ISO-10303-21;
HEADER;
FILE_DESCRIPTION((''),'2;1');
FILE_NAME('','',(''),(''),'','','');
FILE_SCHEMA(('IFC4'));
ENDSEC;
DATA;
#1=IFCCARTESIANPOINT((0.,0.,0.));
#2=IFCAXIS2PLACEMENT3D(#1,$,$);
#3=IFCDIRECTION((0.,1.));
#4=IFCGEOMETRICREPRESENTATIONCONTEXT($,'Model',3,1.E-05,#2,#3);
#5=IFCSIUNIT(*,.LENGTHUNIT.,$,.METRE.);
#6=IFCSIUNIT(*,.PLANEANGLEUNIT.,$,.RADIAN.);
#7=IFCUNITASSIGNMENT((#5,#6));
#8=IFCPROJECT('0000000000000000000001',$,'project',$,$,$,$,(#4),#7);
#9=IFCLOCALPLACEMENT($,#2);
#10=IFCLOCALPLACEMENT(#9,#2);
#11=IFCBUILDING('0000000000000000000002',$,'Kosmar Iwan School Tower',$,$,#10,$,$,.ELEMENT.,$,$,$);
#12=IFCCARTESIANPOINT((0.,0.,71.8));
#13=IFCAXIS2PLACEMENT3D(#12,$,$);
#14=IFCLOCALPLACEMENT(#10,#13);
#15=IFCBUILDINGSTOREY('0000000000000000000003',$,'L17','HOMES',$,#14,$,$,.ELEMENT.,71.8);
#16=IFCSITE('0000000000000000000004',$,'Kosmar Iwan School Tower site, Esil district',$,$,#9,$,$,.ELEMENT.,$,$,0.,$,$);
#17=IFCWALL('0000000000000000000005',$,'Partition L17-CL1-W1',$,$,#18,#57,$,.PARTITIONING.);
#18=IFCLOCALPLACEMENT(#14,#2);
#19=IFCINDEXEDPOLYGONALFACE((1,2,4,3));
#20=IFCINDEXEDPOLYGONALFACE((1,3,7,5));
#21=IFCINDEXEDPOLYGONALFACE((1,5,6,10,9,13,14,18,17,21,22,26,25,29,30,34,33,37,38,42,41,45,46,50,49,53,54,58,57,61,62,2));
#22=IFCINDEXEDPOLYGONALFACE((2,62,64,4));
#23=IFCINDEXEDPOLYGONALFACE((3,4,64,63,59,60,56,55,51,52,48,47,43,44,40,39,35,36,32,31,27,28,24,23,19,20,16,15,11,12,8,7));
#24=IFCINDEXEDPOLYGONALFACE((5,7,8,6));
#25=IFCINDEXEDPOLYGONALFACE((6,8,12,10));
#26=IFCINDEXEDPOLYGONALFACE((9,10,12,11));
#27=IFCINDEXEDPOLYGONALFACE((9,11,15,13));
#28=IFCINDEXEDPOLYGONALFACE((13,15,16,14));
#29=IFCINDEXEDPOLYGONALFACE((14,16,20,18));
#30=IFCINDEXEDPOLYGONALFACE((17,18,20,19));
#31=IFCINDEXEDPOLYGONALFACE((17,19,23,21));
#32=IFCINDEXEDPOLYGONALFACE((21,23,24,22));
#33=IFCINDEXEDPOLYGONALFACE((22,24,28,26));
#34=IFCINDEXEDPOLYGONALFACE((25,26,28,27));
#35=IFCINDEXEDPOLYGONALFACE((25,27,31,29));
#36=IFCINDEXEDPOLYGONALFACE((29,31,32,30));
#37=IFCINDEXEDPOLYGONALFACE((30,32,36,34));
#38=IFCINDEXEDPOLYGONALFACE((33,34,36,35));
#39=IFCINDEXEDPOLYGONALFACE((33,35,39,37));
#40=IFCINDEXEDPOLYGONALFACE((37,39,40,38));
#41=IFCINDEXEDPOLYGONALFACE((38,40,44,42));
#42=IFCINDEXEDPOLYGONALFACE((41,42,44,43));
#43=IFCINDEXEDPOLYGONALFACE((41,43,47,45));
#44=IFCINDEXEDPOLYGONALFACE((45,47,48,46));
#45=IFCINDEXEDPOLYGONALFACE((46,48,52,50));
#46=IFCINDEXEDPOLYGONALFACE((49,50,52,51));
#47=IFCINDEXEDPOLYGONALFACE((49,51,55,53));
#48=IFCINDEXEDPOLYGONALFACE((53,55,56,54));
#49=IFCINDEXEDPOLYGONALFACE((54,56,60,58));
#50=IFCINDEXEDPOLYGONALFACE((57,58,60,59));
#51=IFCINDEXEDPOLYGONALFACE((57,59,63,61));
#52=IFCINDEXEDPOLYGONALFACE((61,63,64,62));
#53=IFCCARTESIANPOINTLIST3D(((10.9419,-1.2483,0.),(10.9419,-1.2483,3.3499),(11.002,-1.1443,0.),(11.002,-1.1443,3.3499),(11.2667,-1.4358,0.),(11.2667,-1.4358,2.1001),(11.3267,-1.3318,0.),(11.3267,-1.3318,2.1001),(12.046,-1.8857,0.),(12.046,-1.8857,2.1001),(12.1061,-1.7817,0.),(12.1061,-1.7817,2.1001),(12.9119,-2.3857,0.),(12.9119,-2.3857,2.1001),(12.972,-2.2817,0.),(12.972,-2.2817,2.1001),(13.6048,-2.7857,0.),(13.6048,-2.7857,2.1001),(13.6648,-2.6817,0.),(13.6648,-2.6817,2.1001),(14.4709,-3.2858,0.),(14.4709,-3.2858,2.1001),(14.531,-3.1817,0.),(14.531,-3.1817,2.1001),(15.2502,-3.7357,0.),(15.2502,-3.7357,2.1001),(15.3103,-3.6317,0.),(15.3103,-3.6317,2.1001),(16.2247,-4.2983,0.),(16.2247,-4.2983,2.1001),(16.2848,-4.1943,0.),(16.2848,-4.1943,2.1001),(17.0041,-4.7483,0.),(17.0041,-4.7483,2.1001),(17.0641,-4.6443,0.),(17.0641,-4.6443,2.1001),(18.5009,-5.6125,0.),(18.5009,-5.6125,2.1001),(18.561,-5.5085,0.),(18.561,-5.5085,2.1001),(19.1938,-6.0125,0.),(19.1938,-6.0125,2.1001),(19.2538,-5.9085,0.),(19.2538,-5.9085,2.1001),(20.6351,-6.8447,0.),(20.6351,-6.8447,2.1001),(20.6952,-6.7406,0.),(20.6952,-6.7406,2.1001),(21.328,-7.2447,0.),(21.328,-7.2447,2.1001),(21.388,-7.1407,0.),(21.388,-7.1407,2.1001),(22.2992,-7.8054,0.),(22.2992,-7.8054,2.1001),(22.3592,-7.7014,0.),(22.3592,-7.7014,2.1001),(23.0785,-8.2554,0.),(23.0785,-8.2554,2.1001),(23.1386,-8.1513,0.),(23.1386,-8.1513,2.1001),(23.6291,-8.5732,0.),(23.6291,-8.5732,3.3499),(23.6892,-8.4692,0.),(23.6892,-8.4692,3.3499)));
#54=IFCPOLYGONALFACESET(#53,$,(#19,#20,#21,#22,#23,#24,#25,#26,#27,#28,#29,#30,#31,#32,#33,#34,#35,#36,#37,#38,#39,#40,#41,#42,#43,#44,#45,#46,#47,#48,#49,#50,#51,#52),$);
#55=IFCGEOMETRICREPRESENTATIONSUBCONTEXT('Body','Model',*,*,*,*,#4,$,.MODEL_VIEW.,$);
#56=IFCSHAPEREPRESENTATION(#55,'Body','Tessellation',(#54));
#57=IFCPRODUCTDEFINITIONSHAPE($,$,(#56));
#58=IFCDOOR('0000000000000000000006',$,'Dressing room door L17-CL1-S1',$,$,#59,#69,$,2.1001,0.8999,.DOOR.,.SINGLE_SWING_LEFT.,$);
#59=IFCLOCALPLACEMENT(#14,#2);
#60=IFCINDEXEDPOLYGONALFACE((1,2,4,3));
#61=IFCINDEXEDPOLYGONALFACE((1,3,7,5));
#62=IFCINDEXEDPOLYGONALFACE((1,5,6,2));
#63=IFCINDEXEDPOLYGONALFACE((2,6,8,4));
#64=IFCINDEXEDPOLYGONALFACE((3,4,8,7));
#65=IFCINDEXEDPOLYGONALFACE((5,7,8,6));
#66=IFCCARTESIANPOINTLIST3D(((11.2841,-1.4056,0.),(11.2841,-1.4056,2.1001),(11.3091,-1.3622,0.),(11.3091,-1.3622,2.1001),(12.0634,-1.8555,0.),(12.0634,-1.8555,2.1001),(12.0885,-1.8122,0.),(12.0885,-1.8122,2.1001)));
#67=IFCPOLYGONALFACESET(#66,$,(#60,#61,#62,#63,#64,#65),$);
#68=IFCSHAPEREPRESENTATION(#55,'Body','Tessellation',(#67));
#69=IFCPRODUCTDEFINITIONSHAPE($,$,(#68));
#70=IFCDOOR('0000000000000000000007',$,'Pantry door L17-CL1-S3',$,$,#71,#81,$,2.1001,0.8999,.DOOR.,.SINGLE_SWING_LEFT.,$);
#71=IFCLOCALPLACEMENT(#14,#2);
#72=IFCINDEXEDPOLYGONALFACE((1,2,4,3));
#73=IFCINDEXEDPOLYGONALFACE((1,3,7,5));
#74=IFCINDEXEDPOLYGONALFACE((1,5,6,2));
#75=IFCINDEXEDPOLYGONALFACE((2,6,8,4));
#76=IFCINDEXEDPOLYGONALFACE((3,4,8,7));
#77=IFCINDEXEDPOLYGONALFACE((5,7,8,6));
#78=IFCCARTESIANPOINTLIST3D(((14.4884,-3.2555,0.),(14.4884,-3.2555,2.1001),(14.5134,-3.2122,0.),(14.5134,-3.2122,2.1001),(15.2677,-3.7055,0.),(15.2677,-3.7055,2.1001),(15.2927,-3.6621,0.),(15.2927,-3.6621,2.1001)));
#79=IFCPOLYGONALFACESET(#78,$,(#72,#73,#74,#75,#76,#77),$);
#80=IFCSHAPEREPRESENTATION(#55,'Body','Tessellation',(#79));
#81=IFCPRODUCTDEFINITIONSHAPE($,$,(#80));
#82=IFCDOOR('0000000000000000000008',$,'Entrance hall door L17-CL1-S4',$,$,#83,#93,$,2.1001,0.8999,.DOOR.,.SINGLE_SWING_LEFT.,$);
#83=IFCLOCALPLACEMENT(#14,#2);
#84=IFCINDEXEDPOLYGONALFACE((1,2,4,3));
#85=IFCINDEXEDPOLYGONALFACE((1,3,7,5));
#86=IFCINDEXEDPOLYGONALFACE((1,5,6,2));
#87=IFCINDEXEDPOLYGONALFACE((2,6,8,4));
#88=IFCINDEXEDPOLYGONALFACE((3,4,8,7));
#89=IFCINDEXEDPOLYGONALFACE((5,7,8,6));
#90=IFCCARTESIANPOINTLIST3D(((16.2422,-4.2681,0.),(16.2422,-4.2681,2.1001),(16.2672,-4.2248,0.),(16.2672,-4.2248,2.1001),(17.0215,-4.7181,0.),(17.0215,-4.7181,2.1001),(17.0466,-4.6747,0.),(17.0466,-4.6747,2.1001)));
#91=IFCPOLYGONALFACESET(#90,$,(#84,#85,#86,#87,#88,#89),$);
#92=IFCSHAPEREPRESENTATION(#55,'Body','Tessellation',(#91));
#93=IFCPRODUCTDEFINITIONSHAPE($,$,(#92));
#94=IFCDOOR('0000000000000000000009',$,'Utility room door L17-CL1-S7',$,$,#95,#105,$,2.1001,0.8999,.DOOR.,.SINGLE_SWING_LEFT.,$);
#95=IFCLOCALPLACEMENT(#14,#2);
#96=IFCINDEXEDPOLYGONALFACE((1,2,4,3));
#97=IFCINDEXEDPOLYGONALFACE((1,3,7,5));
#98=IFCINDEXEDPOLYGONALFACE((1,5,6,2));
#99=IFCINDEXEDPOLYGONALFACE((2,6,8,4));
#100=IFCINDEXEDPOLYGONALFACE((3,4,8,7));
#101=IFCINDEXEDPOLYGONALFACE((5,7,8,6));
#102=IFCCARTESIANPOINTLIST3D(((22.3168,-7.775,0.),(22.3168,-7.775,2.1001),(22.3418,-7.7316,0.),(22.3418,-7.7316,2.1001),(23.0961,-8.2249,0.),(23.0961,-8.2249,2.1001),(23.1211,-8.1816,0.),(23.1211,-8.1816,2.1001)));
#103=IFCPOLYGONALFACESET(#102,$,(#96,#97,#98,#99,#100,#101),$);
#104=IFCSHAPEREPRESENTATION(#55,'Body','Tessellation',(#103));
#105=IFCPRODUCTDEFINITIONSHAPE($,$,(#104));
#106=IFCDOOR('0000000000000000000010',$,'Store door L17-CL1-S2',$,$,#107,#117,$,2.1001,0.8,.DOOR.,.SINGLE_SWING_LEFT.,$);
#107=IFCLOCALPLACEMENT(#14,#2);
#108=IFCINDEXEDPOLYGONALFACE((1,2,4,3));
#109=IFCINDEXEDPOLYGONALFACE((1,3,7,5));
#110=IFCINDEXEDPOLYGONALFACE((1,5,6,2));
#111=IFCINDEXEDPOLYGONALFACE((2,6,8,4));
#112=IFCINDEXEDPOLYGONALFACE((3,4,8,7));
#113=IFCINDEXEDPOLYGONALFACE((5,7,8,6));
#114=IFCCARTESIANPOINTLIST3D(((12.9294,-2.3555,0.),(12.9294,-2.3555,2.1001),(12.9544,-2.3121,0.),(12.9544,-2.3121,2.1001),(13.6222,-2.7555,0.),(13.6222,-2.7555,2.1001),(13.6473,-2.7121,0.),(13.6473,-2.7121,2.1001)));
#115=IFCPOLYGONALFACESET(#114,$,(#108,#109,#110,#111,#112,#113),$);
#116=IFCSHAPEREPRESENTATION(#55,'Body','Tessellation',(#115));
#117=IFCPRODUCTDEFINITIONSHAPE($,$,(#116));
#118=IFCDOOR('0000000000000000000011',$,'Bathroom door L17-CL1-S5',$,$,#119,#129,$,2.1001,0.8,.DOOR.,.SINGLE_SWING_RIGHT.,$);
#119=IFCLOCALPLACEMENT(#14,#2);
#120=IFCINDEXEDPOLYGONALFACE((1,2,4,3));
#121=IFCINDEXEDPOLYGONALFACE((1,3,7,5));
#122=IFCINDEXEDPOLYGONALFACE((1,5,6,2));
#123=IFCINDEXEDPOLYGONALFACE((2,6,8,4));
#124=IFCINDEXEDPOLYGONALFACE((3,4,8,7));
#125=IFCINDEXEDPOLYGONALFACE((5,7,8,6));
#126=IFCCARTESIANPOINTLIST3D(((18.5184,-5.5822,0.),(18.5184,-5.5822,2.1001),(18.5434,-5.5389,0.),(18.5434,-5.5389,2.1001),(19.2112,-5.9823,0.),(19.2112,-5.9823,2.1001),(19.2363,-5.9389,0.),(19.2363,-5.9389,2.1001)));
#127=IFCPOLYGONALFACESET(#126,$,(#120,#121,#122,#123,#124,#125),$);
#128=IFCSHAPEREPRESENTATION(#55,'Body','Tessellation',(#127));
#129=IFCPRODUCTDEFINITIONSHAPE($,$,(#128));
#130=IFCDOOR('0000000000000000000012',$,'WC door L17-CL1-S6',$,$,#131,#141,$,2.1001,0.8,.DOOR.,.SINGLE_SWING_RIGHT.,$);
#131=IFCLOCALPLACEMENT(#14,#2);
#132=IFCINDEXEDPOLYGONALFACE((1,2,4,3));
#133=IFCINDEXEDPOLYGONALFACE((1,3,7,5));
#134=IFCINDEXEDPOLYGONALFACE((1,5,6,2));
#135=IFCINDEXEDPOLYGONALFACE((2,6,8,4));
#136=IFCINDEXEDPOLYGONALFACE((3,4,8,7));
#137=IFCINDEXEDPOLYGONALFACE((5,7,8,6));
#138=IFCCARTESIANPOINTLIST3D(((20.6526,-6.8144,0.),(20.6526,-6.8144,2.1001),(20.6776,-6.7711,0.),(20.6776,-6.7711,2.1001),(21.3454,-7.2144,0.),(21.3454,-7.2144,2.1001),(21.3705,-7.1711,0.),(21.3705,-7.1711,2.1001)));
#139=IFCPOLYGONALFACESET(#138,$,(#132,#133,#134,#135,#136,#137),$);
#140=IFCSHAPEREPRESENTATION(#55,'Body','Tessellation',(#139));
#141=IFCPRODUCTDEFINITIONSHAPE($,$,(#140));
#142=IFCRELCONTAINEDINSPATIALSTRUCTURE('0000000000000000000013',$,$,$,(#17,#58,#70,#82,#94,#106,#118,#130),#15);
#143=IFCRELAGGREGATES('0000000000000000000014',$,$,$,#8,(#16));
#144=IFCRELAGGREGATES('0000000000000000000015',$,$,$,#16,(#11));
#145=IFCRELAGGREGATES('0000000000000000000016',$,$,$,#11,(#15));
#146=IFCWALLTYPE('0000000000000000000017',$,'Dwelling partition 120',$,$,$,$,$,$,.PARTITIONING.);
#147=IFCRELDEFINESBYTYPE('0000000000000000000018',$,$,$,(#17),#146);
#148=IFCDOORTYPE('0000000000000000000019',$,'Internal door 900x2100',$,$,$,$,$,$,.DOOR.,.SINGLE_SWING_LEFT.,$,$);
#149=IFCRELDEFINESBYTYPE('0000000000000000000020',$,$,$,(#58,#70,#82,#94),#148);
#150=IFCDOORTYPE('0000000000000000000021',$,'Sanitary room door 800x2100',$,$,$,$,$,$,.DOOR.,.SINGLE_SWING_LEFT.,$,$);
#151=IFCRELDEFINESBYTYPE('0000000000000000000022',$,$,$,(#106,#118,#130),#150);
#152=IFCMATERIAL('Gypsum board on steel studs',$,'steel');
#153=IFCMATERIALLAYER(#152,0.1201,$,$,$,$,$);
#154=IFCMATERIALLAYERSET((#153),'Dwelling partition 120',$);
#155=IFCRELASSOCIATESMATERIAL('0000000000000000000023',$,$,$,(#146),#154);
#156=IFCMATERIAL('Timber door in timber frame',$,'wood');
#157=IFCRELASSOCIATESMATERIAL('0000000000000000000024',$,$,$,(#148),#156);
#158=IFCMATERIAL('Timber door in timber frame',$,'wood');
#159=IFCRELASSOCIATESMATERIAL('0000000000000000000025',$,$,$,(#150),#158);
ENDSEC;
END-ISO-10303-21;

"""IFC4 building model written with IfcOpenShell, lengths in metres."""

from ifc_helpers import new_model, si_unit, direction, frame, frame_2d, origin, place, context, subcontext, project, spatial, rectangle, extrude, material, layer, layer_set, type_object, element, fill, save


model = new_model("IFC4")

# Units and contexts
model_context = context("Model", 3, precision=1e-05, world=origin(), true_north=direction((0.0, 1.0)))
body_context = subcontext(model_context, "Body", "Model", "MODEL_VIEW")
ifc_project = project(units=[si_unit("LENGTHUNIT", "METRE"), si_unit("PLANEANGLEUNIT", "RADIAN")], contexts=[model_context])

# Site, building, storey
site_placement = place(None, origin())
site = spatial("IfcSite", under=ifc_project, at=site_placement, Name="Kosmar Iwan School Tower site, Esil district", CompositionType="ELEMENT", RefElevation=0.0)
building_placement = place(site_placement, origin())
building = spatial("IfcBuilding", under=site, at=building_placement, Name="Kosmar Iwan School Tower", CompositionType="ELEMENT")
storey_placement = place(building_placement, frame((0.0, 0.0, 71.8)))
storey = spatial("IfcBuildingStorey", under=building, at=storey_placement, Name="L17", Description="HOMES", CompositionType="ELEMENT", Elevation=71.8)

# Wall, openings, doors
ifc_material_1 = material(Name="Gypsum board on steel studs", Category="steel")
ifc_layer_1 = layer(ifc_material_1, 0.1201)
ifc_layer_set_1 = layer_set([ifc_layer_1], Name="Dwelling partition 120")
wall_type_1 = type_object("IfcWallType", Name="Dwelling partition 120", PredefinedType="PARTITIONING", material=ifc_layer_set_1)
wall_1_placement = place(storey_placement, frame((10.9719, -1.1963, 0.0), z_axis=(0.0, 0.0, 1.0), x_axis=(0.866027, -0.499998, 0.0)))
wall_1 = element("IfcWall", 1, at=wall_1_placement, inside=storey, type_object=wall_type_1, Name="Partition L17-CL1-W1", PredefinedType="PARTITIONING", context=body_context, shape_type="SweptSolid", body=[
    extrude(rectangle(XDim=14.6499, YDim=0.1201, at=frame_2d((7.325, 0.0))), origin(), (0.0, 0.0, 1.0), 3.3499),
])
opening_1_placement = place(wall_1_placement, frame((0.375, 0.0, 0.0)))
opening_1 = element("IfcOpeningElement", 2, at=opening_1_placement, cuts=wall_1, PredefinedType="OPENING", context=body_context, shape_type="SweptSolid", body=[
    extrude(rectangle(XDim=0.8999, YDim=2.1001, at=frame_2d((0.45, 1.05))), frame((0.0, 0.072, 0.0), z_axis=(0.0, -1.0, 0.0), x_axis=(1.0, 0.0, 0.0)), (0.0, 0.0, 1.0), 0.144),
])
opening_2_placement = place(wall_1_placement, frame((2.2749, 0.0, 0.0)))
opening_2 = element("IfcOpeningElement", 3, at=opening_2_placement, cuts=wall_1, PredefinedType="OPENING", context=body_context, shape_type="SweptSolid", body=[
    extrude(rectangle(XDim=0.8, YDim=2.1001, at=frame_2d((0.3999, 1.05))), frame((0.0, 0.072, 0.0), z_axis=(0.0, -1.0, 0.0), x_axis=(1.0, 0.0, 0.0)), (0.0, 0.0, 1.0), 0.144),
])
opening_3_placement = place(wall_1_placement, frame((4.075, 0.0, 0.0)))
opening_3 = element("IfcOpeningElement", 4, at=opening_3_placement, cuts=wall_1, PredefinedType="OPENING", context=body_context, shape_type="SweptSolid", body=[
    extrude(rectangle(XDim=0.8999, YDim=2.1001, at=frame_2d((0.45, 1.05))), frame((0.0, 0.072, 0.0), z_axis=(0.0, -1.0, 0.0), x_axis=(1.0, 0.0, 0.0)), (0.0, 0.0, 1.0), 0.144),
])
opening_4_placement = place(wall_1_placement, frame((6.1001, 0.0, 0.0)))
opening_4 = element("IfcOpeningElement", 5, at=opening_4_placement, cuts=wall_1, PredefinedType="OPENING", context=body_context, shape_type="SweptSolid", body=[
    extrude(rectangle(XDim=0.8999, YDim=2.1001, at=frame_2d((0.45, 1.05))), frame((0.0, 0.072, 0.0), z_axis=(0.0, -1.0, 0.0), x_axis=(1.0, 0.0, 0.0)), (0.0, 0.0, 1.0), 0.144),
])
opening_5_placement = place(wall_1_placement, frame((8.7285, 0.0, 0.0)))
opening_5 = element("IfcOpeningElement", 6, at=opening_5_placement, cuts=wall_1, PredefinedType="OPENING", context=body_context, shape_type="SweptSolid", body=[
    extrude(rectangle(XDim=0.8, YDim=2.1001, at=frame_2d((0.3999, 1.05))), frame((0.0, 0.072, 0.0), z_axis=(0.0, -1.0, 0.0), x_axis=(1.0, 0.0, 0.0)), (0.0, 0.0, 1.0), 0.144),
])
opening_6_placement = place(wall_1_placement, frame((11.1929, 0.0, 0.0)))
opening_6 = element("IfcOpeningElement", 7, at=opening_6_placement, cuts=wall_1, PredefinedType="OPENING", context=body_context, shape_type="SweptSolid", body=[
    extrude(rectangle(XDim=0.8, YDim=2.1001, at=frame_2d((0.3999, 1.05))), frame((0.0, 0.072, 0.0), z_axis=(0.0, -1.0, 0.0), x_axis=(1.0, 0.0, 0.0)), (0.0, 0.0, 1.0), 0.144),
])
opening_7_placement = place(wall_1_placement, frame((13.1143, 0.0, 0.0)))
opening_7 = element("IfcOpeningElement", 8, at=opening_7_placement, cuts=wall_1, PredefinedType="OPENING", context=body_context, shape_type="SweptSolid", body=[
    extrude(rectangle(XDim=0.8999, YDim=2.1001, at=frame_2d((0.45, 1.05))), frame((0.0, 0.072, 0.0), z_axis=(0.0, -1.0, 0.0), x_axis=(1.0, 0.0, 0.0)), (0.0, 0.0, 1.0), 0.144),
])
ifc_material_2 = material(Name="Timber door in timber frame", Category="wood")
door_type_1 = type_object("IfcDoorType", Name="Internal door 900x2100", OperationType="SINGLE_SWING_LEFT", PredefinedType="DOOR", material=ifc_material_2)
door_1_placement = place(opening_1_placement, origin())
door_1 = element("IfcDoor", 9, at=door_1_placement, inside=storey, type_object=door_type_1, Name="Dressing room door L17-CL1-S1", OperationType="SINGLE_SWING_LEFT", OverallHeight=2.1001, OverallWidth=0.8999, PredefinedType="DOOR", context=body_context, shape_type="SweptSolid", body=[
    extrude(rectangle(XDim=0.8999, YDim=2.1001, at=frame_2d((0.45, 1.05))), frame((0.0, 0.0249, 0.0), z_axis=(0.0, -1.0, 0.0), x_axis=(1.0, 0.0, 0.0)), (0.0, 0.0, 1.0), 0.05),
])
fill(opening_1, door_1)
door_2_placement = place(opening_3_placement, origin())
door_2 = element("IfcDoor", 10, at=door_2_placement, inside=storey, type_object=door_type_1, Name="Pantry door L17-CL1-S3", OperationType="SINGLE_SWING_LEFT", OverallHeight=2.1001, OverallWidth=0.8999, PredefinedType="DOOR", context=body_context, shape_type="SweptSolid", body=[
    extrude(rectangle(XDim=0.8999, YDim=2.1001, at=frame_2d((0.45, 1.05))), frame((0.0, 0.0249, 0.0), z_axis=(0.0, -1.0, 0.0), x_axis=(1.0, 0.0, 0.0)), (0.0, 0.0, 1.0), 0.05),
])
fill(opening_3, door_2)
door_3_placement = place(opening_4_placement, origin())
door_3 = element("IfcDoor", 11, at=door_3_placement, inside=storey, type_object=door_type_1, Name="Entrance hall door L17-CL1-S4", OperationType="SINGLE_SWING_LEFT", OverallHeight=2.1001, OverallWidth=0.8999, PredefinedType="DOOR", context=body_context, shape_type="SweptSolid", body=[
    extrude(rectangle(XDim=0.8999, YDim=2.1001, at=frame_2d((0.45, 1.05))), frame((0.0, 0.0249, 0.0), z_axis=(0.0, -1.0, 0.0), x_axis=(1.0, 0.0, 0.0)), (0.0, 0.0, 1.0), 0.05),
])
fill(opening_4, door_3)
door_4_placement = place(opening_7_placement, frame((0.8999, 0.0, 0.0), z_axis=(0.0, 0.0, 1.0), x_axis=(-1.0, 0.0, 0.0)))
door_4 = element("IfcDoor", 12, at=door_4_placement, inside=storey, type_object=door_type_1, Name="Utility room door L17-CL1-S7", OperationType="SINGLE_SWING_LEFT", OverallHeight=2.1001, OverallWidth=0.8999, PredefinedType="DOOR", context=body_context, shape_type="SweptSolid", body=[
    extrude(rectangle(XDim=0.8999, YDim=2.1001, at=frame_2d((0.45, 1.05))), frame((0.0, 0.0249, 0.0), z_axis=(0.0, -1.0, 0.0), x_axis=(1.0, 0.0, 0.0)), (0.0, 0.0, 1.0), 0.05),
])
fill(opening_7, door_4)
ifc_material_3 = material(Name="Timber door in timber frame", Category="wood")
door_type_2 = type_object("IfcDoorType", Name="Sanitary room door 800x2100", OperationType="SINGLE_SWING_LEFT", PredefinedType="DOOR", material=ifc_material_3)
door_5_placement = place(opening_2_placement, origin())
door_5 = element("IfcDoor", 13, at=door_5_placement, inside=storey, type_object=door_type_2, Name="Store door L17-CL1-S2", OperationType="SINGLE_SWING_LEFT", OverallHeight=2.1001, OverallWidth=0.8, PredefinedType="DOOR", context=body_context, shape_type="SweptSolid", body=[
    extrude(rectangle(XDim=0.8, YDim=2.1001, at=frame_2d((0.3999, 1.05))), frame((0.0, 0.0249, 0.0), z_axis=(0.0, -1.0, 0.0), x_axis=(1.0, 0.0, 0.0)), (0.0, 0.0, 1.0), 0.05),
])
fill(opening_2, door_5)
door_6_placement = place(opening_5_placement, origin())
door_6 = element("IfcDoor", 14, at=door_6_placement, inside=storey, type_object=door_type_2, Name="Bathroom door L17-CL1-S5", OperationType="SINGLE_SWING_RIGHT", OverallHeight=2.1001, OverallWidth=0.8, PredefinedType="DOOR", context=body_context, shape_type="SweptSolid", body=[
    extrude(rectangle(XDim=0.8, YDim=2.1001, at=frame_2d((0.3999, 1.05))), frame((0.0, 0.0249, 0.0), z_axis=(0.0, -1.0, 0.0), x_axis=(1.0, 0.0, 0.0)), (0.0, 0.0, 1.0), 0.05),
])
fill(opening_5, door_6)
door_7_placement = place(opening_6_placement, origin())
door_7 = element("IfcDoor", 15, at=door_7_placement, inside=storey, type_object=door_type_2, Name="WC door L17-CL1-S6", OperationType="SINGLE_SWING_RIGHT", OverallHeight=2.1001, OverallWidth=0.8, PredefinedType="DOOR", context=body_context, shape_type="SweptSolid", body=[
    extrude(rectangle(XDim=0.8, YDim=2.1001, at=frame_2d((0.3999, 1.05))), frame((0.0, 0.0249, 0.0), z_axis=(0.0, -1.0, 0.0), x_axis=(1.0, 0.0, 0.0)), (0.0, 0.0, 1.0), 0.05),
])
fill(opening_6, door_7)

save(model, "model.ifc")
